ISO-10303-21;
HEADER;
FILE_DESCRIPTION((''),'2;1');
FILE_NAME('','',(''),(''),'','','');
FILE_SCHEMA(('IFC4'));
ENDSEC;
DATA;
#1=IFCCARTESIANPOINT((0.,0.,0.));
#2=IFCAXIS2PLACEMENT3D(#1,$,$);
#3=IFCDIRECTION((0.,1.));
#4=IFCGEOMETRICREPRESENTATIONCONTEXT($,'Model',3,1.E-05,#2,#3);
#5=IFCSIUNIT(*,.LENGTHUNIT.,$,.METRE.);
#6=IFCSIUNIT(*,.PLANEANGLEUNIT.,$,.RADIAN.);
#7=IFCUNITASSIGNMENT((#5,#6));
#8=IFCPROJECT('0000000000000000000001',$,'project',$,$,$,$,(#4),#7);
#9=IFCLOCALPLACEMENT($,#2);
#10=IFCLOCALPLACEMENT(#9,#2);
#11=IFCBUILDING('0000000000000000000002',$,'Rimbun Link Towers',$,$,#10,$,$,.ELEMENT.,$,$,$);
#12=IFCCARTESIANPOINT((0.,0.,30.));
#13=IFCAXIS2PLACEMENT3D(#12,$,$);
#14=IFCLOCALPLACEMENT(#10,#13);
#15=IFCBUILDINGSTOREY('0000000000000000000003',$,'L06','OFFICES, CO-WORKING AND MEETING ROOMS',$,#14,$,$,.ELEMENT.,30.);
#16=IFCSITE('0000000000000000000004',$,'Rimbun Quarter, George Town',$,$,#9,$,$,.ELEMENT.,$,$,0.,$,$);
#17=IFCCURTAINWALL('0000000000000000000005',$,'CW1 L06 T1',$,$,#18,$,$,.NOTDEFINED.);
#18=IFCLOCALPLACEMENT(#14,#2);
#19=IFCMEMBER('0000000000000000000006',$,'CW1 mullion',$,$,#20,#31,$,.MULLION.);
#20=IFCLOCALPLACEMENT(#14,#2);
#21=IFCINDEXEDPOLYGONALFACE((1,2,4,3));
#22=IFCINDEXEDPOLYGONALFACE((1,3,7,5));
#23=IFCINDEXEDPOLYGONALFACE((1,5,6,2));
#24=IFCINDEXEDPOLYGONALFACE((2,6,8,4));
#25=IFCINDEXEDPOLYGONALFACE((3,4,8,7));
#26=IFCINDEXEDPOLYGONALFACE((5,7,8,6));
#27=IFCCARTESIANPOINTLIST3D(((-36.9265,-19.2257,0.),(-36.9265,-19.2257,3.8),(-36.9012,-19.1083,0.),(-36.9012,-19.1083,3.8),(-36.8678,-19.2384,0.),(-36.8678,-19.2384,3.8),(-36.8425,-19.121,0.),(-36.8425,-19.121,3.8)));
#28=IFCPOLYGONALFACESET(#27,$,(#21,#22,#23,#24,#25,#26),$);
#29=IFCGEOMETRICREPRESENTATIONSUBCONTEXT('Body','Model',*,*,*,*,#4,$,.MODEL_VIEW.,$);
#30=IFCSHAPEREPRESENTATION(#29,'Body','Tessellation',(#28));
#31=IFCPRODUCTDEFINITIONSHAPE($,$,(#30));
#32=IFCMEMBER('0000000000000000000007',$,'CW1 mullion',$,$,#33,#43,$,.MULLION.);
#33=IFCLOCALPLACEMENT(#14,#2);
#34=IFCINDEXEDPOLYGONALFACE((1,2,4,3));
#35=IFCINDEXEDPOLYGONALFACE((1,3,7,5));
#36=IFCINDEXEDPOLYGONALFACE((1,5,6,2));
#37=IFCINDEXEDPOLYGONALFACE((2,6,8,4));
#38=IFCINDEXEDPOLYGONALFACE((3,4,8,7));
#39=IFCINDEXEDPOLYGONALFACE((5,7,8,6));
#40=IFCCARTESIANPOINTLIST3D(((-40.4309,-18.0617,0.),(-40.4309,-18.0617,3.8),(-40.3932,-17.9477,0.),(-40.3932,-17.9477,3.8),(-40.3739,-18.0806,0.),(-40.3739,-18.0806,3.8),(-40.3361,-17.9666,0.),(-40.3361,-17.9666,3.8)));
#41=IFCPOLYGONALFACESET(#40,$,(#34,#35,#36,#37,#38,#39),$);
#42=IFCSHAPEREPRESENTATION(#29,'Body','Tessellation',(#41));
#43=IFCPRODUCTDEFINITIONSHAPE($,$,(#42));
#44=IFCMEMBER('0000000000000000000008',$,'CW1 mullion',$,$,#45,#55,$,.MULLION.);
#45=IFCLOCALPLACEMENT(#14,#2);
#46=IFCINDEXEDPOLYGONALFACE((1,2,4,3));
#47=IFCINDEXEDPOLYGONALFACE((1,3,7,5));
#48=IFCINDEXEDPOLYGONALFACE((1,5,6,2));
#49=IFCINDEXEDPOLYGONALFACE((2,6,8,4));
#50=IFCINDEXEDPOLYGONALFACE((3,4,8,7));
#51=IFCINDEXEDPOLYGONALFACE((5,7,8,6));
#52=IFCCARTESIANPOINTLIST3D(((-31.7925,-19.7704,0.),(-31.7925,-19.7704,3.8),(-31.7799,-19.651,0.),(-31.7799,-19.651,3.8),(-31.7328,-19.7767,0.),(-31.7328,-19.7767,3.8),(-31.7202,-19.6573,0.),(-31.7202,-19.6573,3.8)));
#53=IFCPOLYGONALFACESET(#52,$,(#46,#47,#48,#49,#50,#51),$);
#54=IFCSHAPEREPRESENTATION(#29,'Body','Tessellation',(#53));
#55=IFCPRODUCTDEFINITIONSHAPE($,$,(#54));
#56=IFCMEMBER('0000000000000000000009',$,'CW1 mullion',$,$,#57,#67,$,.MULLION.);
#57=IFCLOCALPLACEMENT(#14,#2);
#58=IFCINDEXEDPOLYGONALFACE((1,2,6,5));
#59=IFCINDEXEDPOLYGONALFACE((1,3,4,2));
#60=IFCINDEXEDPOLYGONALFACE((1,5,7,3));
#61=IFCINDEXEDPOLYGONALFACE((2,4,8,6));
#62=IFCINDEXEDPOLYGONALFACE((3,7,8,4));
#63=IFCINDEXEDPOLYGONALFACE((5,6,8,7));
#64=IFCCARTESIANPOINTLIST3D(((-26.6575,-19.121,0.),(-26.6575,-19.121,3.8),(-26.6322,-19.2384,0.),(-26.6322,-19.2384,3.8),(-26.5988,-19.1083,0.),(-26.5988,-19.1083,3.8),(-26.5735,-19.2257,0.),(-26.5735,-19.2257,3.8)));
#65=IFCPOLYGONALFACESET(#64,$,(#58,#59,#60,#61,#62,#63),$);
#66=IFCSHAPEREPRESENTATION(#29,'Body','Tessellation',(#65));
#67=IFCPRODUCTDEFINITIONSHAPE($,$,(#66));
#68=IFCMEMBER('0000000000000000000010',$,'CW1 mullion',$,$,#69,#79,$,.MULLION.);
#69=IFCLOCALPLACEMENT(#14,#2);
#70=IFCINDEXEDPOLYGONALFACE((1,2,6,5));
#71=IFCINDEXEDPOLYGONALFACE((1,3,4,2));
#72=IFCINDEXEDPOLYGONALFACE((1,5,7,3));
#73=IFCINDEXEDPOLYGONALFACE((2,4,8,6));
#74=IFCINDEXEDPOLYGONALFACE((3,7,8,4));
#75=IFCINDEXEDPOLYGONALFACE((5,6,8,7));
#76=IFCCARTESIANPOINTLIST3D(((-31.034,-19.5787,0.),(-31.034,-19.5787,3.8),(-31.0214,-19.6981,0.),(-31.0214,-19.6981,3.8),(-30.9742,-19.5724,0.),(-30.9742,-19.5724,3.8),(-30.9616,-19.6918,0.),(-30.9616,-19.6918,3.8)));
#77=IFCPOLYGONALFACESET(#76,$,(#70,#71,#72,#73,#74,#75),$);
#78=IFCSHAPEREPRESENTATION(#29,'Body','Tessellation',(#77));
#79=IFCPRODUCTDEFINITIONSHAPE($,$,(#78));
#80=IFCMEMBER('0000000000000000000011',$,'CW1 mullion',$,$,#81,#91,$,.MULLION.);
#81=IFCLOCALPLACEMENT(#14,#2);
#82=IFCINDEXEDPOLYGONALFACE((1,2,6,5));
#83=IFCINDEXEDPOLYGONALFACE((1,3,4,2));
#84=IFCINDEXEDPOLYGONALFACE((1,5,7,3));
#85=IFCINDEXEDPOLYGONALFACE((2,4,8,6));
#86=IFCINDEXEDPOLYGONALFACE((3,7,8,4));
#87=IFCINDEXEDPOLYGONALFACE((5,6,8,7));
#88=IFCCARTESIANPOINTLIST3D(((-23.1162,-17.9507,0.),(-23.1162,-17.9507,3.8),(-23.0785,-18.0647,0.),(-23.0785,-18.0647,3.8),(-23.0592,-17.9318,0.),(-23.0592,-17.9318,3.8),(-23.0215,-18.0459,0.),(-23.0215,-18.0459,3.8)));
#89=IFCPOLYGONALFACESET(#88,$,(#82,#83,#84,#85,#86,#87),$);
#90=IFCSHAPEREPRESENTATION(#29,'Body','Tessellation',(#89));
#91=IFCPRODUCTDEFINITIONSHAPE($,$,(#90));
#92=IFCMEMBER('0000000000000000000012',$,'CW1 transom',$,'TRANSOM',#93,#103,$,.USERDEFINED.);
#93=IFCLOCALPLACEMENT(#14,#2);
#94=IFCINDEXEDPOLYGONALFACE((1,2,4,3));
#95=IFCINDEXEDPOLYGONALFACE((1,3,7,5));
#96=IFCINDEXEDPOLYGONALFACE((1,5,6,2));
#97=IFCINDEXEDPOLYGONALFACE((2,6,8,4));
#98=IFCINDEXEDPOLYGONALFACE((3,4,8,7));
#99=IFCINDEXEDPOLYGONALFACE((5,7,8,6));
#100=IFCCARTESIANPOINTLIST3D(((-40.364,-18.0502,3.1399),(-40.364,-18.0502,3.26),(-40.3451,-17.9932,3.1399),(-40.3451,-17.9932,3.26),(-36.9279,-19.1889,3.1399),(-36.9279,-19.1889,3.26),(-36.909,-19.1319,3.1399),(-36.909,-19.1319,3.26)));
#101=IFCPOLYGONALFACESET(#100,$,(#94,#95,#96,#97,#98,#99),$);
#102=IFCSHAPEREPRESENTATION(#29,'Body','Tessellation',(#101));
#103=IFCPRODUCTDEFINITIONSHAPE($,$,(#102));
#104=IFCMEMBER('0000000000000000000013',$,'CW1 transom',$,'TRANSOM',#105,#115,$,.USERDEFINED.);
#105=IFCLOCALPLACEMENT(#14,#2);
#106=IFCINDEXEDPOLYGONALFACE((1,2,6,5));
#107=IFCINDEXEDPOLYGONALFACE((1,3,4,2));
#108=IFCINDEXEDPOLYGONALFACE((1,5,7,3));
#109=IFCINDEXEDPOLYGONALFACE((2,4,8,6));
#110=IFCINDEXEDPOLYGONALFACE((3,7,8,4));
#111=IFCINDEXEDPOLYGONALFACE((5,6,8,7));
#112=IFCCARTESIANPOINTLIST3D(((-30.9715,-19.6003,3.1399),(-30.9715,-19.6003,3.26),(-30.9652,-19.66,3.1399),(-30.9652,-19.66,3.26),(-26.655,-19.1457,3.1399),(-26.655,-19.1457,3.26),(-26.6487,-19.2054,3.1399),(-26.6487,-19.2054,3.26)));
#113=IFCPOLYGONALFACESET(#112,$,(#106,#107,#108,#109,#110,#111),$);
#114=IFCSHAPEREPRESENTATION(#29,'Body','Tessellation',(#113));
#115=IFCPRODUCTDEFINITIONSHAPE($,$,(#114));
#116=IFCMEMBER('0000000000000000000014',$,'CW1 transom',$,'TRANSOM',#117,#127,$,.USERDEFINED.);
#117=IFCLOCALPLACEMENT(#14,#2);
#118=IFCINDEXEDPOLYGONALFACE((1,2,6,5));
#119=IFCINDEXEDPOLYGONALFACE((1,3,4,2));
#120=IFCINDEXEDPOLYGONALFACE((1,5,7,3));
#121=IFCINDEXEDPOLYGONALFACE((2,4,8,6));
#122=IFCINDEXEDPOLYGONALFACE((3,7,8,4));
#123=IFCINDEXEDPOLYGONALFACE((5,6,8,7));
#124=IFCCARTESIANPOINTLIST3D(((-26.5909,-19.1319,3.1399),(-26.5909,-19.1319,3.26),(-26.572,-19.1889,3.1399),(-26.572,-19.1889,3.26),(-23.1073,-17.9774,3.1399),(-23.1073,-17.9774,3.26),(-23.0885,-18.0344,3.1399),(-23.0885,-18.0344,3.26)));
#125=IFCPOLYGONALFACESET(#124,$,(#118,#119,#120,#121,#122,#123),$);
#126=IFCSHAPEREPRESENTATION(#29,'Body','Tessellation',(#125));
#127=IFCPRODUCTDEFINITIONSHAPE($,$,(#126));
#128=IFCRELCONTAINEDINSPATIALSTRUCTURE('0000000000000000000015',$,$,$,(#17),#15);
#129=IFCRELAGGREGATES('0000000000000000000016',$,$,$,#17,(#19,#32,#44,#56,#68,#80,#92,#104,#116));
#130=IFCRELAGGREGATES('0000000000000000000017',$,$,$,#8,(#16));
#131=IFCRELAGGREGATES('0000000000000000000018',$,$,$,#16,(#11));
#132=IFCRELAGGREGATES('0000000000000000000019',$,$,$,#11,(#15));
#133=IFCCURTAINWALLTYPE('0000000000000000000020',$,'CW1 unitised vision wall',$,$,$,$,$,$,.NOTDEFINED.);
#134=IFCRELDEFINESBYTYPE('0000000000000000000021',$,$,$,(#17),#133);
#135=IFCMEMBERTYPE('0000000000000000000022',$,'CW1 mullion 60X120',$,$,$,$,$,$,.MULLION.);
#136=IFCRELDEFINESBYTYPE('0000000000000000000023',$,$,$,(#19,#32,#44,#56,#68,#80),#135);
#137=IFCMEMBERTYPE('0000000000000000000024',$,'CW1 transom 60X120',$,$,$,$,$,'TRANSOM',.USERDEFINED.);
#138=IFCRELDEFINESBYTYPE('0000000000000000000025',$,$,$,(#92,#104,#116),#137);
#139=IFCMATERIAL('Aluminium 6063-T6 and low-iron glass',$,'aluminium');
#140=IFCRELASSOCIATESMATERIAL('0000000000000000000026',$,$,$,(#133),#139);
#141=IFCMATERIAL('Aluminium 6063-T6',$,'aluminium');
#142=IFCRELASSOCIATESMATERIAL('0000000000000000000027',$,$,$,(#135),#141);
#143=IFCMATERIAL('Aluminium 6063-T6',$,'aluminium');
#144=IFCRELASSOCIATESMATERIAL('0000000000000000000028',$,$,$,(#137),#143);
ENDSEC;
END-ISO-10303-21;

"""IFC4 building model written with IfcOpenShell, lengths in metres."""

from ifc_helpers import new_model, si_unit, direction, frame, origin, origin_2d, place, context, subcontext, project, spatial, rectangle, extrude, material, material_profile, profile_set, type_object, element, aggregate, save


model = new_model("IFC4")

# Units and contexts
model_context = context("Model", 3, precision=1e-05, world=origin(), true_north=direction((0.0, 1.0)))
body_context = subcontext(model_context, "Body", "Model", "MODEL_VIEW")
ifc_project = project(units=[si_unit("LENGTHUNIT", "METRE"), si_unit("PLANEANGLEUNIT", "RADIAN")], contexts=[model_context])

# Site, building, storey
site_placement = place(None, origin())
site = spatial("IfcSite", under=ifc_project, at=site_placement, Name="Rimbun Quarter, George Town", CompositionType="ELEMENT", RefElevation=0.0)
building_placement = place(site_placement, origin())
building = spatial("IfcBuilding", under=site, at=building_placement, Name="Rimbun Link Towers", CompositionType="ELEMENT")
storey_placement = place(building_placement, frame((0.0, 0.0, 30.0)))
storey = spatial("IfcBuildingStorey", under=building, at=storey_placement, Name="L06", Description="OFFICES, CO-WORKING AND MEETING ROOMS", CompositionType="ELEMENT", Elevation=30.0)

# Curtain wall, members
ifc_material_1 = material(Name="Aluminium 6063-T6 and low-iron glass", Category="aluminium")
curtain_wall_type = type_object("IfcCurtainWallType", Name="CW1 unitised vision wall", PredefinedType="NOTDEFINED", material=ifc_material_1)
curtain_wall_placement = place(storey_placement, origin())
curtain_wall = element("IfcCurtainWall", 1, at=curtain_wall_placement, inside=storey, type_object=curtain_wall_type, Name="CW1 L06 T1", PredefinedType="NOTDEFINED")
ifc_material_2 = material(Name="Aluminium 6063-T6", Category="aluminium")
ifc_material_profile_1 = material_profile(ifc_material_2, rectangle(XDim=0.1201, YDim=0.0601, at=origin_2d()), Name="MULLION 60X120")
ifc_profile_set_1 = profile_set([ifc_material_profile_1], Name="Aluminium 6063-T6")
member_type_1 = type_object("IfcMemberType", Name="CW1 mullion 60X120", PredefinedType="MULLION", material=ifc_profile_set_1)
member_1_placement = place(storey_placement, frame((-36.8845, -19.1733, 0.0), z_axis=(0.0, 0.0, 1.0), x_axis=(-0.210877, -0.977513, 0.0)))
member_1 = element("IfcMember", 2, at=member_1_placement, type_object=member_type_1, Name="CW1 mullion", PredefinedType="MULLION", context=body_context, shape_type="SweptSolid", body=[
    extrude(rectangle(XDim=0.1201, YDim=0.0601, at=origin_2d()), origin(), (0.0, 0.0, 1.0), 3.8),
])
member_2_placement = place(storey_placement, frame((-40.3835, -18.0142, 0.0), z_axis=(0.0, 0.0, 1.0), x_axis=(-0.314564, -0.949236, 0.0)))
member_2 = element("IfcMember", 3, at=member_2_placement, type_object=member_type_1, Name="CW1 mullion", PredefinedType="MULLION", context=body_context, shape_type="SweptSolid", body=[
    extrude(rectangle(XDim=0.1201, YDim=0.0601, at=origin_2d()), origin(), (0.0, 0.0, 1.0), 3.8),
])
member_3_placement = place(storey_placement, frame((-31.7563, -19.7139, 0.0), z_axis=(0.0, 0.0, 1.0), x_axis=(-0.104755, -0.994498, 0.0)))
member_3 = element("IfcMember", 4, at=member_3_placement, type_object=member_type_1, Name="CW1 mullion", PredefinedType="MULLION", context=body_context, shape_type="SweptSolid", body=[
    extrude(rectangle(XDim=0.1201, YDim=0.0601, at=origin_2d()), origin(), (0.0, 0.0, 1.0), 3.8),
])
member_4_placement = place(storey_placement, frame((-26.6155, -19.1733, 0.0), z_axis=(0.0, 0.0, 1.0), x_axis=(0.210877, -0.977513, 0.0)))
member_4 = element("IfcMember", 5, at=member_4_placement, type_object=member_type_1, Name="CW1 mullion", PredefinedType="MULLION", context=body_context, shape_type="SweptSolid", body=[
    extrude(rectangle(XDim=0.1201, YDim=0.0601, at=origin_2d()), origin(), (0.0, 0.0, 1.0), 3.8),
])
member_5_placement = place(storey_placement, frame((-30.9978, -19.6353, 0.0), z_axis=(0.0, 0.0, 1.0), x_axis=(0.104755, -0.994498, 0.0)))
member_5 = element("IfcMember", 6, at=member_5_placement, type_object=member_type_1, Name="CW1 mullion", PredefinedType="MULLION", context=body_context, shape_type="SweptSolid", body=[
    extrude(rectangle(XDim=0.1201, YDim=0.0601, at=origin_2d()), origin(), (0.0, 0.0, 1.0), 3.8),
])
member_6_placement = place(storey_placement, frame((-23.0688, -17.9983, 0.0), z_axis=(0.0, 0.0, 1.0), x_axis=(0.314564, -0.949236, 0.0)))
member_6 = element("IfcMember", 7, at=member_6_placement, type_object=member_type_1, Name="CW1 mullion", PredefinedType="MULLION", context=body_context, shape_type="SweptSolid", body=[
    extrude(rectangle(XDim=0.1201, YDim=0.0601, at=origin_2d()), origin(), (0.0, 0.0, 1.0), 3.8),
])
ifc_material_3 = material(Name="Aluminium 6063-T6", Category="aluminium")
ifc_material_profile_2 = material_profile(ifc_material_3, rectangle(XDim=0.0601, YDim=0.1201, at=origin_2d()), Name="TRANSOM 60X120")
ifc_profile_set_2 = profile_set([ifc_material_profile_2], Name="Aluminium 6063-T6")
member_type_2 = type_object("IfcMemberType", Name="CW1 transom 60X120", ElementType="TRANSOM", PredefinedType="USERDEFINED", material=ifc_profile_set_2)
member_7_placement = place(storey_placement, frame((-36.9185, -19.1604, 3.2), z_axis=(-0.949235, 0.314568, 0.0), x_axis=(-0.314568, -0.949235, 0.0)))
member_7 = element("IfcMember", 8, at=member_7_placement, type_object=member_type_2, Name="CW1 transom", ObjectType="TRANSOM", PredefinedType="USERDEFINED", context=body_context, shape_type="SweptSolid", body=[
    extrude(rectangle(XDim=0.0601, YDim=0.1201, at=origin_2d()), origin(), (0.0, 0.0, 1.0), 3.6199),
])
member_8_placement = place(storey_placement, frame((-26.6519, -19.1755, 3.2), z_axis=(-0.9945, -0.104737, 0.0), x_axis=(0.104737, -0.9945, 0.0)))
member_8 = element("IfcMember", 9, at=member_8_placement, type_object=member_type_2, Name="CW1 transom", ObjectType="TRANSOM", PredefinedType="USERDEFINED", context=body_context, shape_type="SweptSolid", body=[
    extrude(rectangle(XDim=0.0601, YDim=0.1201, at=origin_2d()), origin(), (0.0, 0.0, 1.0), 4.3403),
])
member_9_placement = place(storey_placement, frame((-23.0979, -18.0059, 3.2), z_axis=(-0.949227, -0.314591, 0.0), x_axis=(0.314591, -0.949227, 0.0)))
member_9 = element("IfcMember", 10, at=member_9_placement, type_object=member_type_2, Name="CW1 transom", ObjectType="TRANSOM", PredefinedType="USERDEFINED", context=body_context, shape_type="SweptSolid", body=[
    extrude(rectangle(XDim=0.0601, YDim=0.1201, at=origin_2d()), origin(), (0.0, 0.0, 1.0), 3.6699),
])

aggregate(curtain_wall, [member_1, member_2, member_3, member_4, member_5, member_6, member_7, member_8, member_9])

save(model, "model.ifc")
